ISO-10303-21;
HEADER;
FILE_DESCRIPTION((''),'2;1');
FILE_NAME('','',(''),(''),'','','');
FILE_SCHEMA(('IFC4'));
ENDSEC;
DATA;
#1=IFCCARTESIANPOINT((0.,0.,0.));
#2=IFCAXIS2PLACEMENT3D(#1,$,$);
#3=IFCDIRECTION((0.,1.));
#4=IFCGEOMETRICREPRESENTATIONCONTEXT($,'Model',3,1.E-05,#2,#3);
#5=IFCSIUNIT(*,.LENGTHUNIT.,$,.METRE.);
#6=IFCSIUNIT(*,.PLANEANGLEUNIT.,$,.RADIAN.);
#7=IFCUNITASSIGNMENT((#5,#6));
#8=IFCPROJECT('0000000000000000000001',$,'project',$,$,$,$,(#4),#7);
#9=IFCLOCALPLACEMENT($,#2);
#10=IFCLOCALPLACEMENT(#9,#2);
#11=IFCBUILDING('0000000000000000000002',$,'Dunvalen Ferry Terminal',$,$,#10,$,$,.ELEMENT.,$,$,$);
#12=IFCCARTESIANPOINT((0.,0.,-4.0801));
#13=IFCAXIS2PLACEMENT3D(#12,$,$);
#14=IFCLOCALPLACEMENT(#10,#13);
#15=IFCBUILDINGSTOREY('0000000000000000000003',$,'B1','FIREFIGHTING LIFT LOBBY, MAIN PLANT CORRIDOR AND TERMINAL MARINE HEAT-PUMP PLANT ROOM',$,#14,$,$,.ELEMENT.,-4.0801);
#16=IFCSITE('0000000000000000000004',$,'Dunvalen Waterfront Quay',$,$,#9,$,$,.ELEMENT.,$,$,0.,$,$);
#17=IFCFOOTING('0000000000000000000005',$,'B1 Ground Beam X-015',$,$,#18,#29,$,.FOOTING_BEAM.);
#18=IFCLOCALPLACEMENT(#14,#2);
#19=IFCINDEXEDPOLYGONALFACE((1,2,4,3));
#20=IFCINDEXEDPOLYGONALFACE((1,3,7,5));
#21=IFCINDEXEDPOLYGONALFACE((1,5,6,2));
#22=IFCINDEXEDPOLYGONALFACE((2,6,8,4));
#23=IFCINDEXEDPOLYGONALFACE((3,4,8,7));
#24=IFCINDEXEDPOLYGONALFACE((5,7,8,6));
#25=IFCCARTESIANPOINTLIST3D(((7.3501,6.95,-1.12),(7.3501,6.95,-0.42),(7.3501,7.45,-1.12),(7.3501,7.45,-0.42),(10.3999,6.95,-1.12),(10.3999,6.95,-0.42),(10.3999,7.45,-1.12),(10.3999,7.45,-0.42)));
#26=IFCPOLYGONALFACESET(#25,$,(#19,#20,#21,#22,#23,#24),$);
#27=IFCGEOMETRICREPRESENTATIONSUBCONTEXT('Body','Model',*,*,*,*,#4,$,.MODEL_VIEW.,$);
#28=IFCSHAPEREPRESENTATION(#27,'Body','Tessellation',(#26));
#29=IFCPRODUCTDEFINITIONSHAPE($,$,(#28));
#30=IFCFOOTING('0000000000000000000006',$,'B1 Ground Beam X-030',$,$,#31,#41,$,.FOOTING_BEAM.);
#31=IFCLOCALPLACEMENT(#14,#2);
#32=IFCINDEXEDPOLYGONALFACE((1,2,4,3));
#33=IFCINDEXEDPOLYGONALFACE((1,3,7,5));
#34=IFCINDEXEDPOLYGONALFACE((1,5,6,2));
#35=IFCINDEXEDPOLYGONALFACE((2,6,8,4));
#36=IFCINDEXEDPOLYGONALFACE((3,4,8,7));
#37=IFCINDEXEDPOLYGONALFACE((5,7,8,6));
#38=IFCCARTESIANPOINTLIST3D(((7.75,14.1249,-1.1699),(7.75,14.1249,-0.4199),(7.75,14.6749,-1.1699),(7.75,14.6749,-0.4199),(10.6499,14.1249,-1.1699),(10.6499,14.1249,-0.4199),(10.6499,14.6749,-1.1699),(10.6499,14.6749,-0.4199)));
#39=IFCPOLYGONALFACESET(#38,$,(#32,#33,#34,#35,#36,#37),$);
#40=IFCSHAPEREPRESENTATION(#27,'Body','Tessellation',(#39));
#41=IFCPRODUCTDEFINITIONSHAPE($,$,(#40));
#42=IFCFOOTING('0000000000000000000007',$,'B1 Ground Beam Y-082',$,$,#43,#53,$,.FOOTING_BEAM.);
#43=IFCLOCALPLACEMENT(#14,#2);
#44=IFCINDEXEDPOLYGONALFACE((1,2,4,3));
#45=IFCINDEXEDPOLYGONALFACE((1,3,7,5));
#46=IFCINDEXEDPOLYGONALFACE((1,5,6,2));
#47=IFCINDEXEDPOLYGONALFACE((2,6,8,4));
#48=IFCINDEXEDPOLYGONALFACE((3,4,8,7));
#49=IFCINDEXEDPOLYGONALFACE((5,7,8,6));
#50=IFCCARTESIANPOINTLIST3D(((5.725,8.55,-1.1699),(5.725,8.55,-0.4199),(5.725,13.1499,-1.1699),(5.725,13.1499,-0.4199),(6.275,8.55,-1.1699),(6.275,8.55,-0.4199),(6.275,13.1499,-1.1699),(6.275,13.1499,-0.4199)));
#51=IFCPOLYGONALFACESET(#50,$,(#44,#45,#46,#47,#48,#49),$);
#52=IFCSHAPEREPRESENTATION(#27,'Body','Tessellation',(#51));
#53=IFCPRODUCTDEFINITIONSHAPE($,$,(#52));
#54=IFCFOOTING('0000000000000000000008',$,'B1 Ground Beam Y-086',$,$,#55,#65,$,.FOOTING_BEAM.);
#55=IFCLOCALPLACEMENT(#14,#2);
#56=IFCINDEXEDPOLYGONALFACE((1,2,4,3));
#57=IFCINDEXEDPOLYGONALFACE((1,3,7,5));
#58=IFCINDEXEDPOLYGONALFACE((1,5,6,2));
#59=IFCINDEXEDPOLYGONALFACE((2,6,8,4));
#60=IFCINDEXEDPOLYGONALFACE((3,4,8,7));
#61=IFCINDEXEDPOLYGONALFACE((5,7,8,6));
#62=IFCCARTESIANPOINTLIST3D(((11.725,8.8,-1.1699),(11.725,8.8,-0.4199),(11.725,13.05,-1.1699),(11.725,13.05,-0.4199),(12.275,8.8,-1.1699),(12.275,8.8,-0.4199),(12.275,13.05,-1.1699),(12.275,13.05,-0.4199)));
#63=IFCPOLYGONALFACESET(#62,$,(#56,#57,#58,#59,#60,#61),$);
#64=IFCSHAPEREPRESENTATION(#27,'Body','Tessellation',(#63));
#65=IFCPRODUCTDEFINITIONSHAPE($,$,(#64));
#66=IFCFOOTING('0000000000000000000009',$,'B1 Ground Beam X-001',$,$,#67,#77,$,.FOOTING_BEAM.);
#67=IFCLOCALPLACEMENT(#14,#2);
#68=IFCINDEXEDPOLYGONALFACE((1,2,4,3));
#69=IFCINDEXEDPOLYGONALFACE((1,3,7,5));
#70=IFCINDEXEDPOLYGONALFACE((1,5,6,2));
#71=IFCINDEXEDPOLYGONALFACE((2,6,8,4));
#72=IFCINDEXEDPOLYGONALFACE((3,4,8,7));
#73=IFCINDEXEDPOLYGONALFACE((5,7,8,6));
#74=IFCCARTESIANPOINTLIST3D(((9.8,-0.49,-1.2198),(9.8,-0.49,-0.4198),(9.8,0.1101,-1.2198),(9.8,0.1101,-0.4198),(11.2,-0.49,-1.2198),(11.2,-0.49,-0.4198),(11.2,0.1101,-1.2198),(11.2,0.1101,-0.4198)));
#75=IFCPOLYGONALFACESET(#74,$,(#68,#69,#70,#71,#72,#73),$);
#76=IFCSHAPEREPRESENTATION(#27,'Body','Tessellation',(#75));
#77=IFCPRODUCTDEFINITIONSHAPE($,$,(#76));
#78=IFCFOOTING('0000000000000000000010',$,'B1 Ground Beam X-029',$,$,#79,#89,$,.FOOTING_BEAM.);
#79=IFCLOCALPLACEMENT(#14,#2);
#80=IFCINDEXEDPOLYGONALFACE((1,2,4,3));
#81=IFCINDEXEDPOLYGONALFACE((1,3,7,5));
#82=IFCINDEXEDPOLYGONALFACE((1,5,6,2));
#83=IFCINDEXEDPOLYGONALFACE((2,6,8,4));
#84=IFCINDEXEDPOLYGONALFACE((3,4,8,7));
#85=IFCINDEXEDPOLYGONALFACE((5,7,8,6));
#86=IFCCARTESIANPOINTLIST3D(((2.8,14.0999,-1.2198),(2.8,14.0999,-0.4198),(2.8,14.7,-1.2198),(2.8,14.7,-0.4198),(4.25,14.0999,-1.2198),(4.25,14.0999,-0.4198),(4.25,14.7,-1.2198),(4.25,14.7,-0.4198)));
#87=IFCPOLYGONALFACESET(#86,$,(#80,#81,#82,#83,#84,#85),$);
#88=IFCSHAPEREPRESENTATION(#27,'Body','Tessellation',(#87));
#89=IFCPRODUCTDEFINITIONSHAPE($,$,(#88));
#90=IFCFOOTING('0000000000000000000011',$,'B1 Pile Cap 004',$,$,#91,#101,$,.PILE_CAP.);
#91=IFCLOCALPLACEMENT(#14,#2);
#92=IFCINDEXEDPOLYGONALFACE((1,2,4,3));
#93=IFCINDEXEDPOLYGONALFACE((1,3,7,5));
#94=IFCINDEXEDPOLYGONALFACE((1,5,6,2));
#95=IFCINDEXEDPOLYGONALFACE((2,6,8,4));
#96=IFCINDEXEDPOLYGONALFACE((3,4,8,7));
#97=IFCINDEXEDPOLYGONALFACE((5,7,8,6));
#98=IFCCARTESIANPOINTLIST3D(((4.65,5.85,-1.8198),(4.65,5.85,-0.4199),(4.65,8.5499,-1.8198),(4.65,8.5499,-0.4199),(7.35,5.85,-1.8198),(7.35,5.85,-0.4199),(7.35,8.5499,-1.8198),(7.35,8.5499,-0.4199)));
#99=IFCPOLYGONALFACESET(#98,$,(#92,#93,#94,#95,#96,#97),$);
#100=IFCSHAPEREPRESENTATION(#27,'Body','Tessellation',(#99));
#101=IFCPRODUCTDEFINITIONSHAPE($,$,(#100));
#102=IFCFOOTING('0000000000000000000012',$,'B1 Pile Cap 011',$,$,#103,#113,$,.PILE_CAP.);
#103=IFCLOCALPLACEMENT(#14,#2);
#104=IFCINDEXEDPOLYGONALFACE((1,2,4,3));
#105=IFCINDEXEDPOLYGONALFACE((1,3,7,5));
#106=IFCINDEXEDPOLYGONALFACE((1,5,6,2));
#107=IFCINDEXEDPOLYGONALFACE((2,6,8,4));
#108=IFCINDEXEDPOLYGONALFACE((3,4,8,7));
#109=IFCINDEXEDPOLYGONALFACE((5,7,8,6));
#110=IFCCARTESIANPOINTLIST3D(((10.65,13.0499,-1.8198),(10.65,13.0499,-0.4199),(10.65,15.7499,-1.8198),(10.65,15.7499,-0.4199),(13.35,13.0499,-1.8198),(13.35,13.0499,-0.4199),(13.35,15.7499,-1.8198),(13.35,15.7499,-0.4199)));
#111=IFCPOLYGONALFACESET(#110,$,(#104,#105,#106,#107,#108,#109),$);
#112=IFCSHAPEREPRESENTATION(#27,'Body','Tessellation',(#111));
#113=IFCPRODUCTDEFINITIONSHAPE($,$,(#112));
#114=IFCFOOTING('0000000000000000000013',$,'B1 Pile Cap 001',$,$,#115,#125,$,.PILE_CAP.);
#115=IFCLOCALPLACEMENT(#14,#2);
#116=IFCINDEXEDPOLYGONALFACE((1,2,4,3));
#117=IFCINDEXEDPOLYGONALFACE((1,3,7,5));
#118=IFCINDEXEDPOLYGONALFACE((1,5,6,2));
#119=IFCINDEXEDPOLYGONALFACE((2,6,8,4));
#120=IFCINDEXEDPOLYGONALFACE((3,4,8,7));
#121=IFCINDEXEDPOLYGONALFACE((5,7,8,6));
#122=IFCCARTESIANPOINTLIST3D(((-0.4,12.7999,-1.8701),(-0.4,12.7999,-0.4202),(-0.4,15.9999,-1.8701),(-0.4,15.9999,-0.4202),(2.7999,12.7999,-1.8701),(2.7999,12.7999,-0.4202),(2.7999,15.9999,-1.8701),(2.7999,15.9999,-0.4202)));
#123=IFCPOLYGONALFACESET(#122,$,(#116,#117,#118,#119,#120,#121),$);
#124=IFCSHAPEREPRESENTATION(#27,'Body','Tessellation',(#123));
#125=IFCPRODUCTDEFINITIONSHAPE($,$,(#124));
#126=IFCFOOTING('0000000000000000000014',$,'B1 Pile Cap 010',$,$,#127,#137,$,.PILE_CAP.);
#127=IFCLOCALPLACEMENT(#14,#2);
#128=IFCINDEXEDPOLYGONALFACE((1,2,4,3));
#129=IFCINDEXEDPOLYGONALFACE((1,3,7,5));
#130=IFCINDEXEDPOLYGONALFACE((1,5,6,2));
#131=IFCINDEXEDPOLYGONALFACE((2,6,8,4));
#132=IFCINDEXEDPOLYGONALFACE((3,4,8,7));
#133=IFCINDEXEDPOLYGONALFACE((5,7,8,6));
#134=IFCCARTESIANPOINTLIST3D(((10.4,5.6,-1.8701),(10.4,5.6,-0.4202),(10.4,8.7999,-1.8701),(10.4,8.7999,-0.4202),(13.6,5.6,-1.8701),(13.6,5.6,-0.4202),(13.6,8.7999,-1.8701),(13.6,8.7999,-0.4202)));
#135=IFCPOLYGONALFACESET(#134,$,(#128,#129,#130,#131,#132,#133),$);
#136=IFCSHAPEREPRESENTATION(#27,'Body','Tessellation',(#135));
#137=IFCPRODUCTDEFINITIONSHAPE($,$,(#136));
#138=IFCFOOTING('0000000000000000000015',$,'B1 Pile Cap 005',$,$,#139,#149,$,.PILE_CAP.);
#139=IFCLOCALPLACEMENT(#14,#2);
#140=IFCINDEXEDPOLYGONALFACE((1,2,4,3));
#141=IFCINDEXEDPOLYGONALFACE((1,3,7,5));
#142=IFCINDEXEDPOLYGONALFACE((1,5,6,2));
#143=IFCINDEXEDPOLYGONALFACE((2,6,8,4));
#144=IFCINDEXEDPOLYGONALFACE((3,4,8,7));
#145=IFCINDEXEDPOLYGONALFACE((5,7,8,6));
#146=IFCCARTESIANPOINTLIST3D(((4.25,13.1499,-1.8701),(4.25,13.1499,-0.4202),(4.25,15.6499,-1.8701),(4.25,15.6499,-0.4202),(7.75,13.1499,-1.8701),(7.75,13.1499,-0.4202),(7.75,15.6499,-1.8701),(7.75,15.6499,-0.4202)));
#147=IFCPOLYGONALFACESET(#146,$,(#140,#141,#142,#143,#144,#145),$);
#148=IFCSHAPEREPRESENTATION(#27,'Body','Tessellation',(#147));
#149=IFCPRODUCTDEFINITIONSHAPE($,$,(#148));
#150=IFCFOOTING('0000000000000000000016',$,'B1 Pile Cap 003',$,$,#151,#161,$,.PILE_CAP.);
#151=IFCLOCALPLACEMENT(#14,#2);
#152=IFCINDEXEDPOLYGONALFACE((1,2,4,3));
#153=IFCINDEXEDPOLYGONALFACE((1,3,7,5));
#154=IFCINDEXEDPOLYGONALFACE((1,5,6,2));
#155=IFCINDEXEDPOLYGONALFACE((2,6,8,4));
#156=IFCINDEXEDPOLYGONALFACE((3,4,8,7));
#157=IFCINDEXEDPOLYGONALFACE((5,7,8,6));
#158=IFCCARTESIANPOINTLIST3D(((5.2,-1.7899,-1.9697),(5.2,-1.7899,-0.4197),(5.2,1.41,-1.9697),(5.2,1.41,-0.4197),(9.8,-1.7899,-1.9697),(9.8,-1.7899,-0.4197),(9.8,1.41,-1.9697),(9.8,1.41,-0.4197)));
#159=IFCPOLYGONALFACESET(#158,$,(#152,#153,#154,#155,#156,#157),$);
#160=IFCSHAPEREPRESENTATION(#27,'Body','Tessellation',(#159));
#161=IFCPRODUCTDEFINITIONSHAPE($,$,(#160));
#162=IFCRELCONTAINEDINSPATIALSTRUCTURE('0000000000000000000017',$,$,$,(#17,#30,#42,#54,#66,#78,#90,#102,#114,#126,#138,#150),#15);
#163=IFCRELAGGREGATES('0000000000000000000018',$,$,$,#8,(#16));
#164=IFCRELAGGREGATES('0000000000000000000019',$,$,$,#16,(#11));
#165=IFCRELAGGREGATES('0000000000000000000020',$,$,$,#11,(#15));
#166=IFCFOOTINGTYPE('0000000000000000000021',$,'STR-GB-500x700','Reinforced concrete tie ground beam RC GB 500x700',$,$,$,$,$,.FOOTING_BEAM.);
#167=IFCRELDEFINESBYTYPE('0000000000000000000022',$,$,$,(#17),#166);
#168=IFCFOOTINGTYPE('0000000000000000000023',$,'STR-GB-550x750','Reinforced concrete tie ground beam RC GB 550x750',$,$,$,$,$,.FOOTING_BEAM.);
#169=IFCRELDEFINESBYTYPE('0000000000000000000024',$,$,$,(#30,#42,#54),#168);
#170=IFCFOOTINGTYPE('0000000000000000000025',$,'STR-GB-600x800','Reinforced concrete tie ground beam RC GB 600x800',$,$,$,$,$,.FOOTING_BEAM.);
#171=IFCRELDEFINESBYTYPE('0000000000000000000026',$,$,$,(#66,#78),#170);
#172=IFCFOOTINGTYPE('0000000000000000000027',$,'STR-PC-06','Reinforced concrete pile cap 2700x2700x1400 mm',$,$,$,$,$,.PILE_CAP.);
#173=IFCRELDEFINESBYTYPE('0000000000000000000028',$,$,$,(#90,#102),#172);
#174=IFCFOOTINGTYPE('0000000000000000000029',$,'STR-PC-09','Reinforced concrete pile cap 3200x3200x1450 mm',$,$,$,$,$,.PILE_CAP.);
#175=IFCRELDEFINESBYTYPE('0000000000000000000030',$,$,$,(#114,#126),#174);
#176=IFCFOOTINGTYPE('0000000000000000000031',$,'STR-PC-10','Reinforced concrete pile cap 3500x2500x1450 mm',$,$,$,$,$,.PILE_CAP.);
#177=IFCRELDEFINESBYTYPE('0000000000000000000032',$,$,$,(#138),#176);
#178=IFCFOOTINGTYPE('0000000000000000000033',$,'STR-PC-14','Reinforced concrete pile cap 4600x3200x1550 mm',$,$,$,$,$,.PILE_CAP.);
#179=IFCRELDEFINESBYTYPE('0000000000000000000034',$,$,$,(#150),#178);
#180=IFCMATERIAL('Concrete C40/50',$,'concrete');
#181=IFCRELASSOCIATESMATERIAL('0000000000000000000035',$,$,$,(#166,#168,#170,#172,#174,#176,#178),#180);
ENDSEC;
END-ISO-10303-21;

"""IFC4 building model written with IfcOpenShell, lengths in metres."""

from ifc_helpers import new_model, si_unit, direction, frame, origin, origin_2d, place, context, subcontext, project, spatial, rectangle, extrude, material, material_profile, profile_set, type_object, element, save


model = new_model("IFC4")

# Units and contexts
model_context = context("Model", 3, precision=1e-05, world=origin(), true_north=direction((0.0, 1.0)))
body_context = subcontext(model_context, "Body", "Model", "MODEL_VIEW")
ifc_project = project(units=[si_unit("LENGTHUNIT", "METRE"), si_unit("PLANEANGLEUNIT", "RADIAN")], contexts=[model_context])

# Site, building, storey
site_placement = place(None, origin())
site = spatial("IfcSite", under=ifc_project, at=site_placement, Name="Dunvalen Waterfront Quay", CompositionType="ELEMENT", RefElevation=0.0)
building_placement = place(site_placement, origin())
building = spatial("IfcBuilding", under=site, at=building_placement, Name="Dunvalen Ferry Terminal", CompositionType="ELEMENT")
storey_placement = place(building_placement, frame((0.0, 0.0, -4.0801)))
storey = spatial("IfcBuildingStorey", under=building, at=storey_placement, Name="B1", Description="FIREFIGHTING LIFT LOBBY, MAIN PLANT CORRIDOR AND TERMINAL MARINE HEAT-PUMP PLANT ROOM", CompositionType="ELEMENT", Elevation=-4.0801)

# Footings
ifc_material_1 = material(Name="Concrete C40/50", Category="concrete")
ifc_material_profile_1 = material_profile(ifc_material_1, rectangle(XDim=0.5, YDim=0.7, at=origin_2d()), Name="Concrete C40/50")
ifc_profile_set_1 = profile_set([ifc_material_profile_1], Name="Concrete C40/50")
footing_type_1 = type_object("IfcFootingType", Name="STR-GB-500x700", Description="Reinforced concrete tie ground beam RC GB 500x700", PredefinedType="FOOTING_BEAM", material=ifc_profile_set_1)
footing_1_placement = place(storey_placement, frame((7.3501, 7.2, -0.77), z_axis=(1.0, 0.0, 0.0), x_axis=(0.0, 1.0, 0.0)))
element("IfcFooting", 1, at=footing_1_placement, inside=storey, type_object=footing_type_1, Name="B1 Ground Beam X-015", PredefinedType="FOOTING_BEAM", context=body_context, shape_type="SweptSolid", body=[
    extrude(rectangle(XDim=0.5, YDim=0.7, at=origin_2d()), origin(), (0.0, 0.0, 1.0), 3.0498),
])
ifc_material_profile_2 = material_profile(ifc_material_1, rectangle(XDim=0.55, YDim=0.75, at=origin_2d()), Name="Concrete C40/50")
ifc_profile_set_2 = profile_set([ifc_material_profile_2], Name="Concrete C40/50")
footing_type_2 = type_object("IfcFootingType", Name="STR-GB-550x750", Description="Reinforced concrete tie ground beam RC GB 550x750", PredefinedType="FOOTING_BEAM", material=ifc_profile_set_2)
footing_2_placement = place(storey_placement, frame((7.75, 14.3999, -0.7949), z_axis=(1.0, 0.0, 0.0), x_axis=(0.0, 1.0, 0.0)))
element("IfcFooting", 2, at=footing_2_placement, inside=storey, type_object=footing_type_2, Name="B1 Ground Beam X-030", PredefinedType="FOOTING_BEAM", context=body_context, shape_type="SweptSolid", body=[
    extrude(rectangle(XDim=0.55, YDim=0.75, at=origin_2d()), origin(), (0.0, 0.0, 1.0), 2.8999),
])
footing_3_placement = place(storey_placement, frame((6.0, 8.55, -0.7949), z_axis=(0.0, 1.0, 0.0), x_axis=(-1.0, 0.0, 0.0)))
element("IfcFooting", 3, at=footing_3_placement, inside=storey, type_object=footing_type_2, Name="B1 Ground Beam Y-082", PredefinedType="FOOTING_BEAM", context=body_context, shape_type="SweptSolid", body=[
    extrude(rectangle(XDim=0.55, YDim=0.75, at=origin_2d()), origin(), (0.0, 0.0, 1.0), 4.5999),
])
footing_4_placement = place(storey_placement, frame((12.0, 8.8, -0.7949), z_axis=(0.0, 1.0, 0.0), x_axis=(-1.0, 0.0, 0.0)))
element("IfcFooting", 4, at=footing_4_placement, inside=storey, type_object=footing_type_2, Name="B1 Ground Beam Y-086", PredefinedType="FOOTING_BEAM", context=body_context, shape_type="SweptSolid", body=[
    extrude(rectangle(XDim=0.55, YDim=0.75, at=origin_2d()), origin(), (0.0, 0.0, 1.0), 4.25),
])
ifc_material_profile_3 = material_profile(ifc_material_1, rectangle(XDim=0.6001, YDim=0.8, at=origin_2d()), Name="Concrete C40/50")
ifc_profile_set_3 = profile_set([ifc_material_profile_3], Name="Concrete C40/50")
footing_type_3 = type_object("IfcFootingType", Name="STR-GB-600x800", Description="Reinforced concrete tie ground beam RC GB 600x800", PredefinedType="FOOTING_BEAM", material=ifc_profile_set_3)
footing_5_placement = place(storey_placement, frame((9.8, -0.1899, -0.8198), z_axis=(1.0, 0.0, 0.0), x_axis=(0.0, 1.0, 0.0)))
element("IfcFooting", 5, at=footing_5_placement, inside=storey, type_object=footing_type_3, Name="B1 Ground Beam X-001", PredefinedType="FOOTING_BEAM", context=body_context, shape_type="SweptSolid", body=[
    extrude(rectangle(XDim=0.6001, YDim=0.8, at=origin_2d()), origin(), (0.0, 0.0, 1.0), 1.3999),
])
footing_6_placement = place(storey_placement, frame((2.8, 14.3999, -0.8198), z_axis=(1.0, 0.0, 0.0), x_axis=(0.0, 1.0, 0.0)))
element("IfcFooting", 6, at=footing_6_placement, inside=storey, type_object=footing_type_3, Name="B1 Ground Beam X-029", PredefinedType="FOOTING_BEAM", context=body_context, shape_type="SweptSolid", body=[
    extrude(rectangle(XDim=0.6001, YDim=0.8, at=origin_2d()), origin(), (0.0, 0.0, 1.0), 1.45),
])
footing_type_4 = type_object("IfcFootingType", Name="STR-PC-06", Description="Reinforced concrete pile cap 2700x2700x1400 mm", PredefinedType="PILE_CAP", material=ifc_material_1)
for number, where, z_axis, x_axis, name in (
    (7, (6.0, 7.2, -1.8198), (0.0, 0.0, 1.0), (1.0, 0.0, 0.0), "B1 Pile Cap 004"),
    (8, (12.0, 14.3999, -1.8198), (0.0, 0.0, 1.0), (1.0, 0.0, 0.0), "B1 Pile Cap 011"),
):
    element("IfcFooting", number, at=place(storey_placement, frame(where, z_axis=z_axis, x_axis=x_axis)), inside=storey, type_object=footing_type_4, Name=name, PredefinedType="PILE_CAP", context=body_context, shape_type="SweptSolid", body=[
        extrude(rectangle(XDim=2.7, YDim=2.7, at=origin_2d()), origin(), (0.0, 0.0, 1.0), 1.3999),
    ])
footing_type_5 = type_object("IfcFootingType", Name="STR-PC-09", Description="Reinforced concrete pile cap 3200x3200x1450 mm", PredefinedType="PILE_CAP", material=ifc_material_1)
for number, where, z_axis, x_axis, name in (
    (9, (1.2, 14.3999, -1.8701), (0.0, 0.0, 1.0), (1.0, 0.0, 0.0), "B1 Pile Cap 001"),
    (10, (12.0, 7.2, -1.8701), (0.0, 0.0, 1.0), (1.0, 0.0, 0.0), "B1 Pile Cap 010"),
):
    element("IfcFooting", number, at=place(storey_placement, frame(where, z_axis=z_axis, x_axis=x_axis)), inside=storey, type_object=footing_type_5, Name=name, PredefinedType="PILE_CAP", context=body_context, shape_type="SweptSolid", body=[
        extrude(rectangle(XDim=3.2, YDim=3.2, at=origin_2d()), origin(), (0.0, 0.0, 1.0), 1.45),
    ])
footing_type_6 = type_object("IfcFootingType", Name="STR-PC-10", Description="Reinforced concrete pile cap 3500x2500x1450 mm", PredefinedType="PILE_CAP", material=ifc_material_1)
footing_7_placement = place(storey_placement, frame((6.0, 14.3999, -1.8701), z_axis=(0.0, 0.0, 1.0), x_axis=(1.0, 0.0, 0.0)))
element("IfcFooting", 11, at=footing_7_placement, inside=storey, type_object=footing_type_6, Name="B1 Pile Cap 005", PredefinedType="PILE_CAP", context=body_context, shape_type="SweptSolid", body=[
    extrude(rectangle(XDim=3.5, YDim=2.5, at=origin_2d()), origin(), (0.0, 0.0, 1.0), 1.45),
])
footing_type_7 = type_object("IfcFootingType", Name="STR-PC-14", Description="Reinforced concrete pile cap 4600x3200x1550 mm", PredefinedType="PILE_CAP", material=ifc_material_1)
footing_8_placement = place(storey_placement, frame((7.5, -0.1899, -1.9697), z_axis=(0.0, 0.0, 1.0), x_axis=(1.0, 0.0, 0.0)))
element("IfcFooting", 12, at=footing_8_placement, inside=storey, type_object=footing_type_7, Name="B1 Pile Cap 003", PredefinedType="PILE_CAP", context=body_context, shape_type="SweptSolid", body=[
    extrude(rectangle(XDim=4.6001, YDim=3.2, at=origin_2d()), origin(), (0.0, 0.0, 1.0), 1.55),
])

save(model, "model.ifc")
